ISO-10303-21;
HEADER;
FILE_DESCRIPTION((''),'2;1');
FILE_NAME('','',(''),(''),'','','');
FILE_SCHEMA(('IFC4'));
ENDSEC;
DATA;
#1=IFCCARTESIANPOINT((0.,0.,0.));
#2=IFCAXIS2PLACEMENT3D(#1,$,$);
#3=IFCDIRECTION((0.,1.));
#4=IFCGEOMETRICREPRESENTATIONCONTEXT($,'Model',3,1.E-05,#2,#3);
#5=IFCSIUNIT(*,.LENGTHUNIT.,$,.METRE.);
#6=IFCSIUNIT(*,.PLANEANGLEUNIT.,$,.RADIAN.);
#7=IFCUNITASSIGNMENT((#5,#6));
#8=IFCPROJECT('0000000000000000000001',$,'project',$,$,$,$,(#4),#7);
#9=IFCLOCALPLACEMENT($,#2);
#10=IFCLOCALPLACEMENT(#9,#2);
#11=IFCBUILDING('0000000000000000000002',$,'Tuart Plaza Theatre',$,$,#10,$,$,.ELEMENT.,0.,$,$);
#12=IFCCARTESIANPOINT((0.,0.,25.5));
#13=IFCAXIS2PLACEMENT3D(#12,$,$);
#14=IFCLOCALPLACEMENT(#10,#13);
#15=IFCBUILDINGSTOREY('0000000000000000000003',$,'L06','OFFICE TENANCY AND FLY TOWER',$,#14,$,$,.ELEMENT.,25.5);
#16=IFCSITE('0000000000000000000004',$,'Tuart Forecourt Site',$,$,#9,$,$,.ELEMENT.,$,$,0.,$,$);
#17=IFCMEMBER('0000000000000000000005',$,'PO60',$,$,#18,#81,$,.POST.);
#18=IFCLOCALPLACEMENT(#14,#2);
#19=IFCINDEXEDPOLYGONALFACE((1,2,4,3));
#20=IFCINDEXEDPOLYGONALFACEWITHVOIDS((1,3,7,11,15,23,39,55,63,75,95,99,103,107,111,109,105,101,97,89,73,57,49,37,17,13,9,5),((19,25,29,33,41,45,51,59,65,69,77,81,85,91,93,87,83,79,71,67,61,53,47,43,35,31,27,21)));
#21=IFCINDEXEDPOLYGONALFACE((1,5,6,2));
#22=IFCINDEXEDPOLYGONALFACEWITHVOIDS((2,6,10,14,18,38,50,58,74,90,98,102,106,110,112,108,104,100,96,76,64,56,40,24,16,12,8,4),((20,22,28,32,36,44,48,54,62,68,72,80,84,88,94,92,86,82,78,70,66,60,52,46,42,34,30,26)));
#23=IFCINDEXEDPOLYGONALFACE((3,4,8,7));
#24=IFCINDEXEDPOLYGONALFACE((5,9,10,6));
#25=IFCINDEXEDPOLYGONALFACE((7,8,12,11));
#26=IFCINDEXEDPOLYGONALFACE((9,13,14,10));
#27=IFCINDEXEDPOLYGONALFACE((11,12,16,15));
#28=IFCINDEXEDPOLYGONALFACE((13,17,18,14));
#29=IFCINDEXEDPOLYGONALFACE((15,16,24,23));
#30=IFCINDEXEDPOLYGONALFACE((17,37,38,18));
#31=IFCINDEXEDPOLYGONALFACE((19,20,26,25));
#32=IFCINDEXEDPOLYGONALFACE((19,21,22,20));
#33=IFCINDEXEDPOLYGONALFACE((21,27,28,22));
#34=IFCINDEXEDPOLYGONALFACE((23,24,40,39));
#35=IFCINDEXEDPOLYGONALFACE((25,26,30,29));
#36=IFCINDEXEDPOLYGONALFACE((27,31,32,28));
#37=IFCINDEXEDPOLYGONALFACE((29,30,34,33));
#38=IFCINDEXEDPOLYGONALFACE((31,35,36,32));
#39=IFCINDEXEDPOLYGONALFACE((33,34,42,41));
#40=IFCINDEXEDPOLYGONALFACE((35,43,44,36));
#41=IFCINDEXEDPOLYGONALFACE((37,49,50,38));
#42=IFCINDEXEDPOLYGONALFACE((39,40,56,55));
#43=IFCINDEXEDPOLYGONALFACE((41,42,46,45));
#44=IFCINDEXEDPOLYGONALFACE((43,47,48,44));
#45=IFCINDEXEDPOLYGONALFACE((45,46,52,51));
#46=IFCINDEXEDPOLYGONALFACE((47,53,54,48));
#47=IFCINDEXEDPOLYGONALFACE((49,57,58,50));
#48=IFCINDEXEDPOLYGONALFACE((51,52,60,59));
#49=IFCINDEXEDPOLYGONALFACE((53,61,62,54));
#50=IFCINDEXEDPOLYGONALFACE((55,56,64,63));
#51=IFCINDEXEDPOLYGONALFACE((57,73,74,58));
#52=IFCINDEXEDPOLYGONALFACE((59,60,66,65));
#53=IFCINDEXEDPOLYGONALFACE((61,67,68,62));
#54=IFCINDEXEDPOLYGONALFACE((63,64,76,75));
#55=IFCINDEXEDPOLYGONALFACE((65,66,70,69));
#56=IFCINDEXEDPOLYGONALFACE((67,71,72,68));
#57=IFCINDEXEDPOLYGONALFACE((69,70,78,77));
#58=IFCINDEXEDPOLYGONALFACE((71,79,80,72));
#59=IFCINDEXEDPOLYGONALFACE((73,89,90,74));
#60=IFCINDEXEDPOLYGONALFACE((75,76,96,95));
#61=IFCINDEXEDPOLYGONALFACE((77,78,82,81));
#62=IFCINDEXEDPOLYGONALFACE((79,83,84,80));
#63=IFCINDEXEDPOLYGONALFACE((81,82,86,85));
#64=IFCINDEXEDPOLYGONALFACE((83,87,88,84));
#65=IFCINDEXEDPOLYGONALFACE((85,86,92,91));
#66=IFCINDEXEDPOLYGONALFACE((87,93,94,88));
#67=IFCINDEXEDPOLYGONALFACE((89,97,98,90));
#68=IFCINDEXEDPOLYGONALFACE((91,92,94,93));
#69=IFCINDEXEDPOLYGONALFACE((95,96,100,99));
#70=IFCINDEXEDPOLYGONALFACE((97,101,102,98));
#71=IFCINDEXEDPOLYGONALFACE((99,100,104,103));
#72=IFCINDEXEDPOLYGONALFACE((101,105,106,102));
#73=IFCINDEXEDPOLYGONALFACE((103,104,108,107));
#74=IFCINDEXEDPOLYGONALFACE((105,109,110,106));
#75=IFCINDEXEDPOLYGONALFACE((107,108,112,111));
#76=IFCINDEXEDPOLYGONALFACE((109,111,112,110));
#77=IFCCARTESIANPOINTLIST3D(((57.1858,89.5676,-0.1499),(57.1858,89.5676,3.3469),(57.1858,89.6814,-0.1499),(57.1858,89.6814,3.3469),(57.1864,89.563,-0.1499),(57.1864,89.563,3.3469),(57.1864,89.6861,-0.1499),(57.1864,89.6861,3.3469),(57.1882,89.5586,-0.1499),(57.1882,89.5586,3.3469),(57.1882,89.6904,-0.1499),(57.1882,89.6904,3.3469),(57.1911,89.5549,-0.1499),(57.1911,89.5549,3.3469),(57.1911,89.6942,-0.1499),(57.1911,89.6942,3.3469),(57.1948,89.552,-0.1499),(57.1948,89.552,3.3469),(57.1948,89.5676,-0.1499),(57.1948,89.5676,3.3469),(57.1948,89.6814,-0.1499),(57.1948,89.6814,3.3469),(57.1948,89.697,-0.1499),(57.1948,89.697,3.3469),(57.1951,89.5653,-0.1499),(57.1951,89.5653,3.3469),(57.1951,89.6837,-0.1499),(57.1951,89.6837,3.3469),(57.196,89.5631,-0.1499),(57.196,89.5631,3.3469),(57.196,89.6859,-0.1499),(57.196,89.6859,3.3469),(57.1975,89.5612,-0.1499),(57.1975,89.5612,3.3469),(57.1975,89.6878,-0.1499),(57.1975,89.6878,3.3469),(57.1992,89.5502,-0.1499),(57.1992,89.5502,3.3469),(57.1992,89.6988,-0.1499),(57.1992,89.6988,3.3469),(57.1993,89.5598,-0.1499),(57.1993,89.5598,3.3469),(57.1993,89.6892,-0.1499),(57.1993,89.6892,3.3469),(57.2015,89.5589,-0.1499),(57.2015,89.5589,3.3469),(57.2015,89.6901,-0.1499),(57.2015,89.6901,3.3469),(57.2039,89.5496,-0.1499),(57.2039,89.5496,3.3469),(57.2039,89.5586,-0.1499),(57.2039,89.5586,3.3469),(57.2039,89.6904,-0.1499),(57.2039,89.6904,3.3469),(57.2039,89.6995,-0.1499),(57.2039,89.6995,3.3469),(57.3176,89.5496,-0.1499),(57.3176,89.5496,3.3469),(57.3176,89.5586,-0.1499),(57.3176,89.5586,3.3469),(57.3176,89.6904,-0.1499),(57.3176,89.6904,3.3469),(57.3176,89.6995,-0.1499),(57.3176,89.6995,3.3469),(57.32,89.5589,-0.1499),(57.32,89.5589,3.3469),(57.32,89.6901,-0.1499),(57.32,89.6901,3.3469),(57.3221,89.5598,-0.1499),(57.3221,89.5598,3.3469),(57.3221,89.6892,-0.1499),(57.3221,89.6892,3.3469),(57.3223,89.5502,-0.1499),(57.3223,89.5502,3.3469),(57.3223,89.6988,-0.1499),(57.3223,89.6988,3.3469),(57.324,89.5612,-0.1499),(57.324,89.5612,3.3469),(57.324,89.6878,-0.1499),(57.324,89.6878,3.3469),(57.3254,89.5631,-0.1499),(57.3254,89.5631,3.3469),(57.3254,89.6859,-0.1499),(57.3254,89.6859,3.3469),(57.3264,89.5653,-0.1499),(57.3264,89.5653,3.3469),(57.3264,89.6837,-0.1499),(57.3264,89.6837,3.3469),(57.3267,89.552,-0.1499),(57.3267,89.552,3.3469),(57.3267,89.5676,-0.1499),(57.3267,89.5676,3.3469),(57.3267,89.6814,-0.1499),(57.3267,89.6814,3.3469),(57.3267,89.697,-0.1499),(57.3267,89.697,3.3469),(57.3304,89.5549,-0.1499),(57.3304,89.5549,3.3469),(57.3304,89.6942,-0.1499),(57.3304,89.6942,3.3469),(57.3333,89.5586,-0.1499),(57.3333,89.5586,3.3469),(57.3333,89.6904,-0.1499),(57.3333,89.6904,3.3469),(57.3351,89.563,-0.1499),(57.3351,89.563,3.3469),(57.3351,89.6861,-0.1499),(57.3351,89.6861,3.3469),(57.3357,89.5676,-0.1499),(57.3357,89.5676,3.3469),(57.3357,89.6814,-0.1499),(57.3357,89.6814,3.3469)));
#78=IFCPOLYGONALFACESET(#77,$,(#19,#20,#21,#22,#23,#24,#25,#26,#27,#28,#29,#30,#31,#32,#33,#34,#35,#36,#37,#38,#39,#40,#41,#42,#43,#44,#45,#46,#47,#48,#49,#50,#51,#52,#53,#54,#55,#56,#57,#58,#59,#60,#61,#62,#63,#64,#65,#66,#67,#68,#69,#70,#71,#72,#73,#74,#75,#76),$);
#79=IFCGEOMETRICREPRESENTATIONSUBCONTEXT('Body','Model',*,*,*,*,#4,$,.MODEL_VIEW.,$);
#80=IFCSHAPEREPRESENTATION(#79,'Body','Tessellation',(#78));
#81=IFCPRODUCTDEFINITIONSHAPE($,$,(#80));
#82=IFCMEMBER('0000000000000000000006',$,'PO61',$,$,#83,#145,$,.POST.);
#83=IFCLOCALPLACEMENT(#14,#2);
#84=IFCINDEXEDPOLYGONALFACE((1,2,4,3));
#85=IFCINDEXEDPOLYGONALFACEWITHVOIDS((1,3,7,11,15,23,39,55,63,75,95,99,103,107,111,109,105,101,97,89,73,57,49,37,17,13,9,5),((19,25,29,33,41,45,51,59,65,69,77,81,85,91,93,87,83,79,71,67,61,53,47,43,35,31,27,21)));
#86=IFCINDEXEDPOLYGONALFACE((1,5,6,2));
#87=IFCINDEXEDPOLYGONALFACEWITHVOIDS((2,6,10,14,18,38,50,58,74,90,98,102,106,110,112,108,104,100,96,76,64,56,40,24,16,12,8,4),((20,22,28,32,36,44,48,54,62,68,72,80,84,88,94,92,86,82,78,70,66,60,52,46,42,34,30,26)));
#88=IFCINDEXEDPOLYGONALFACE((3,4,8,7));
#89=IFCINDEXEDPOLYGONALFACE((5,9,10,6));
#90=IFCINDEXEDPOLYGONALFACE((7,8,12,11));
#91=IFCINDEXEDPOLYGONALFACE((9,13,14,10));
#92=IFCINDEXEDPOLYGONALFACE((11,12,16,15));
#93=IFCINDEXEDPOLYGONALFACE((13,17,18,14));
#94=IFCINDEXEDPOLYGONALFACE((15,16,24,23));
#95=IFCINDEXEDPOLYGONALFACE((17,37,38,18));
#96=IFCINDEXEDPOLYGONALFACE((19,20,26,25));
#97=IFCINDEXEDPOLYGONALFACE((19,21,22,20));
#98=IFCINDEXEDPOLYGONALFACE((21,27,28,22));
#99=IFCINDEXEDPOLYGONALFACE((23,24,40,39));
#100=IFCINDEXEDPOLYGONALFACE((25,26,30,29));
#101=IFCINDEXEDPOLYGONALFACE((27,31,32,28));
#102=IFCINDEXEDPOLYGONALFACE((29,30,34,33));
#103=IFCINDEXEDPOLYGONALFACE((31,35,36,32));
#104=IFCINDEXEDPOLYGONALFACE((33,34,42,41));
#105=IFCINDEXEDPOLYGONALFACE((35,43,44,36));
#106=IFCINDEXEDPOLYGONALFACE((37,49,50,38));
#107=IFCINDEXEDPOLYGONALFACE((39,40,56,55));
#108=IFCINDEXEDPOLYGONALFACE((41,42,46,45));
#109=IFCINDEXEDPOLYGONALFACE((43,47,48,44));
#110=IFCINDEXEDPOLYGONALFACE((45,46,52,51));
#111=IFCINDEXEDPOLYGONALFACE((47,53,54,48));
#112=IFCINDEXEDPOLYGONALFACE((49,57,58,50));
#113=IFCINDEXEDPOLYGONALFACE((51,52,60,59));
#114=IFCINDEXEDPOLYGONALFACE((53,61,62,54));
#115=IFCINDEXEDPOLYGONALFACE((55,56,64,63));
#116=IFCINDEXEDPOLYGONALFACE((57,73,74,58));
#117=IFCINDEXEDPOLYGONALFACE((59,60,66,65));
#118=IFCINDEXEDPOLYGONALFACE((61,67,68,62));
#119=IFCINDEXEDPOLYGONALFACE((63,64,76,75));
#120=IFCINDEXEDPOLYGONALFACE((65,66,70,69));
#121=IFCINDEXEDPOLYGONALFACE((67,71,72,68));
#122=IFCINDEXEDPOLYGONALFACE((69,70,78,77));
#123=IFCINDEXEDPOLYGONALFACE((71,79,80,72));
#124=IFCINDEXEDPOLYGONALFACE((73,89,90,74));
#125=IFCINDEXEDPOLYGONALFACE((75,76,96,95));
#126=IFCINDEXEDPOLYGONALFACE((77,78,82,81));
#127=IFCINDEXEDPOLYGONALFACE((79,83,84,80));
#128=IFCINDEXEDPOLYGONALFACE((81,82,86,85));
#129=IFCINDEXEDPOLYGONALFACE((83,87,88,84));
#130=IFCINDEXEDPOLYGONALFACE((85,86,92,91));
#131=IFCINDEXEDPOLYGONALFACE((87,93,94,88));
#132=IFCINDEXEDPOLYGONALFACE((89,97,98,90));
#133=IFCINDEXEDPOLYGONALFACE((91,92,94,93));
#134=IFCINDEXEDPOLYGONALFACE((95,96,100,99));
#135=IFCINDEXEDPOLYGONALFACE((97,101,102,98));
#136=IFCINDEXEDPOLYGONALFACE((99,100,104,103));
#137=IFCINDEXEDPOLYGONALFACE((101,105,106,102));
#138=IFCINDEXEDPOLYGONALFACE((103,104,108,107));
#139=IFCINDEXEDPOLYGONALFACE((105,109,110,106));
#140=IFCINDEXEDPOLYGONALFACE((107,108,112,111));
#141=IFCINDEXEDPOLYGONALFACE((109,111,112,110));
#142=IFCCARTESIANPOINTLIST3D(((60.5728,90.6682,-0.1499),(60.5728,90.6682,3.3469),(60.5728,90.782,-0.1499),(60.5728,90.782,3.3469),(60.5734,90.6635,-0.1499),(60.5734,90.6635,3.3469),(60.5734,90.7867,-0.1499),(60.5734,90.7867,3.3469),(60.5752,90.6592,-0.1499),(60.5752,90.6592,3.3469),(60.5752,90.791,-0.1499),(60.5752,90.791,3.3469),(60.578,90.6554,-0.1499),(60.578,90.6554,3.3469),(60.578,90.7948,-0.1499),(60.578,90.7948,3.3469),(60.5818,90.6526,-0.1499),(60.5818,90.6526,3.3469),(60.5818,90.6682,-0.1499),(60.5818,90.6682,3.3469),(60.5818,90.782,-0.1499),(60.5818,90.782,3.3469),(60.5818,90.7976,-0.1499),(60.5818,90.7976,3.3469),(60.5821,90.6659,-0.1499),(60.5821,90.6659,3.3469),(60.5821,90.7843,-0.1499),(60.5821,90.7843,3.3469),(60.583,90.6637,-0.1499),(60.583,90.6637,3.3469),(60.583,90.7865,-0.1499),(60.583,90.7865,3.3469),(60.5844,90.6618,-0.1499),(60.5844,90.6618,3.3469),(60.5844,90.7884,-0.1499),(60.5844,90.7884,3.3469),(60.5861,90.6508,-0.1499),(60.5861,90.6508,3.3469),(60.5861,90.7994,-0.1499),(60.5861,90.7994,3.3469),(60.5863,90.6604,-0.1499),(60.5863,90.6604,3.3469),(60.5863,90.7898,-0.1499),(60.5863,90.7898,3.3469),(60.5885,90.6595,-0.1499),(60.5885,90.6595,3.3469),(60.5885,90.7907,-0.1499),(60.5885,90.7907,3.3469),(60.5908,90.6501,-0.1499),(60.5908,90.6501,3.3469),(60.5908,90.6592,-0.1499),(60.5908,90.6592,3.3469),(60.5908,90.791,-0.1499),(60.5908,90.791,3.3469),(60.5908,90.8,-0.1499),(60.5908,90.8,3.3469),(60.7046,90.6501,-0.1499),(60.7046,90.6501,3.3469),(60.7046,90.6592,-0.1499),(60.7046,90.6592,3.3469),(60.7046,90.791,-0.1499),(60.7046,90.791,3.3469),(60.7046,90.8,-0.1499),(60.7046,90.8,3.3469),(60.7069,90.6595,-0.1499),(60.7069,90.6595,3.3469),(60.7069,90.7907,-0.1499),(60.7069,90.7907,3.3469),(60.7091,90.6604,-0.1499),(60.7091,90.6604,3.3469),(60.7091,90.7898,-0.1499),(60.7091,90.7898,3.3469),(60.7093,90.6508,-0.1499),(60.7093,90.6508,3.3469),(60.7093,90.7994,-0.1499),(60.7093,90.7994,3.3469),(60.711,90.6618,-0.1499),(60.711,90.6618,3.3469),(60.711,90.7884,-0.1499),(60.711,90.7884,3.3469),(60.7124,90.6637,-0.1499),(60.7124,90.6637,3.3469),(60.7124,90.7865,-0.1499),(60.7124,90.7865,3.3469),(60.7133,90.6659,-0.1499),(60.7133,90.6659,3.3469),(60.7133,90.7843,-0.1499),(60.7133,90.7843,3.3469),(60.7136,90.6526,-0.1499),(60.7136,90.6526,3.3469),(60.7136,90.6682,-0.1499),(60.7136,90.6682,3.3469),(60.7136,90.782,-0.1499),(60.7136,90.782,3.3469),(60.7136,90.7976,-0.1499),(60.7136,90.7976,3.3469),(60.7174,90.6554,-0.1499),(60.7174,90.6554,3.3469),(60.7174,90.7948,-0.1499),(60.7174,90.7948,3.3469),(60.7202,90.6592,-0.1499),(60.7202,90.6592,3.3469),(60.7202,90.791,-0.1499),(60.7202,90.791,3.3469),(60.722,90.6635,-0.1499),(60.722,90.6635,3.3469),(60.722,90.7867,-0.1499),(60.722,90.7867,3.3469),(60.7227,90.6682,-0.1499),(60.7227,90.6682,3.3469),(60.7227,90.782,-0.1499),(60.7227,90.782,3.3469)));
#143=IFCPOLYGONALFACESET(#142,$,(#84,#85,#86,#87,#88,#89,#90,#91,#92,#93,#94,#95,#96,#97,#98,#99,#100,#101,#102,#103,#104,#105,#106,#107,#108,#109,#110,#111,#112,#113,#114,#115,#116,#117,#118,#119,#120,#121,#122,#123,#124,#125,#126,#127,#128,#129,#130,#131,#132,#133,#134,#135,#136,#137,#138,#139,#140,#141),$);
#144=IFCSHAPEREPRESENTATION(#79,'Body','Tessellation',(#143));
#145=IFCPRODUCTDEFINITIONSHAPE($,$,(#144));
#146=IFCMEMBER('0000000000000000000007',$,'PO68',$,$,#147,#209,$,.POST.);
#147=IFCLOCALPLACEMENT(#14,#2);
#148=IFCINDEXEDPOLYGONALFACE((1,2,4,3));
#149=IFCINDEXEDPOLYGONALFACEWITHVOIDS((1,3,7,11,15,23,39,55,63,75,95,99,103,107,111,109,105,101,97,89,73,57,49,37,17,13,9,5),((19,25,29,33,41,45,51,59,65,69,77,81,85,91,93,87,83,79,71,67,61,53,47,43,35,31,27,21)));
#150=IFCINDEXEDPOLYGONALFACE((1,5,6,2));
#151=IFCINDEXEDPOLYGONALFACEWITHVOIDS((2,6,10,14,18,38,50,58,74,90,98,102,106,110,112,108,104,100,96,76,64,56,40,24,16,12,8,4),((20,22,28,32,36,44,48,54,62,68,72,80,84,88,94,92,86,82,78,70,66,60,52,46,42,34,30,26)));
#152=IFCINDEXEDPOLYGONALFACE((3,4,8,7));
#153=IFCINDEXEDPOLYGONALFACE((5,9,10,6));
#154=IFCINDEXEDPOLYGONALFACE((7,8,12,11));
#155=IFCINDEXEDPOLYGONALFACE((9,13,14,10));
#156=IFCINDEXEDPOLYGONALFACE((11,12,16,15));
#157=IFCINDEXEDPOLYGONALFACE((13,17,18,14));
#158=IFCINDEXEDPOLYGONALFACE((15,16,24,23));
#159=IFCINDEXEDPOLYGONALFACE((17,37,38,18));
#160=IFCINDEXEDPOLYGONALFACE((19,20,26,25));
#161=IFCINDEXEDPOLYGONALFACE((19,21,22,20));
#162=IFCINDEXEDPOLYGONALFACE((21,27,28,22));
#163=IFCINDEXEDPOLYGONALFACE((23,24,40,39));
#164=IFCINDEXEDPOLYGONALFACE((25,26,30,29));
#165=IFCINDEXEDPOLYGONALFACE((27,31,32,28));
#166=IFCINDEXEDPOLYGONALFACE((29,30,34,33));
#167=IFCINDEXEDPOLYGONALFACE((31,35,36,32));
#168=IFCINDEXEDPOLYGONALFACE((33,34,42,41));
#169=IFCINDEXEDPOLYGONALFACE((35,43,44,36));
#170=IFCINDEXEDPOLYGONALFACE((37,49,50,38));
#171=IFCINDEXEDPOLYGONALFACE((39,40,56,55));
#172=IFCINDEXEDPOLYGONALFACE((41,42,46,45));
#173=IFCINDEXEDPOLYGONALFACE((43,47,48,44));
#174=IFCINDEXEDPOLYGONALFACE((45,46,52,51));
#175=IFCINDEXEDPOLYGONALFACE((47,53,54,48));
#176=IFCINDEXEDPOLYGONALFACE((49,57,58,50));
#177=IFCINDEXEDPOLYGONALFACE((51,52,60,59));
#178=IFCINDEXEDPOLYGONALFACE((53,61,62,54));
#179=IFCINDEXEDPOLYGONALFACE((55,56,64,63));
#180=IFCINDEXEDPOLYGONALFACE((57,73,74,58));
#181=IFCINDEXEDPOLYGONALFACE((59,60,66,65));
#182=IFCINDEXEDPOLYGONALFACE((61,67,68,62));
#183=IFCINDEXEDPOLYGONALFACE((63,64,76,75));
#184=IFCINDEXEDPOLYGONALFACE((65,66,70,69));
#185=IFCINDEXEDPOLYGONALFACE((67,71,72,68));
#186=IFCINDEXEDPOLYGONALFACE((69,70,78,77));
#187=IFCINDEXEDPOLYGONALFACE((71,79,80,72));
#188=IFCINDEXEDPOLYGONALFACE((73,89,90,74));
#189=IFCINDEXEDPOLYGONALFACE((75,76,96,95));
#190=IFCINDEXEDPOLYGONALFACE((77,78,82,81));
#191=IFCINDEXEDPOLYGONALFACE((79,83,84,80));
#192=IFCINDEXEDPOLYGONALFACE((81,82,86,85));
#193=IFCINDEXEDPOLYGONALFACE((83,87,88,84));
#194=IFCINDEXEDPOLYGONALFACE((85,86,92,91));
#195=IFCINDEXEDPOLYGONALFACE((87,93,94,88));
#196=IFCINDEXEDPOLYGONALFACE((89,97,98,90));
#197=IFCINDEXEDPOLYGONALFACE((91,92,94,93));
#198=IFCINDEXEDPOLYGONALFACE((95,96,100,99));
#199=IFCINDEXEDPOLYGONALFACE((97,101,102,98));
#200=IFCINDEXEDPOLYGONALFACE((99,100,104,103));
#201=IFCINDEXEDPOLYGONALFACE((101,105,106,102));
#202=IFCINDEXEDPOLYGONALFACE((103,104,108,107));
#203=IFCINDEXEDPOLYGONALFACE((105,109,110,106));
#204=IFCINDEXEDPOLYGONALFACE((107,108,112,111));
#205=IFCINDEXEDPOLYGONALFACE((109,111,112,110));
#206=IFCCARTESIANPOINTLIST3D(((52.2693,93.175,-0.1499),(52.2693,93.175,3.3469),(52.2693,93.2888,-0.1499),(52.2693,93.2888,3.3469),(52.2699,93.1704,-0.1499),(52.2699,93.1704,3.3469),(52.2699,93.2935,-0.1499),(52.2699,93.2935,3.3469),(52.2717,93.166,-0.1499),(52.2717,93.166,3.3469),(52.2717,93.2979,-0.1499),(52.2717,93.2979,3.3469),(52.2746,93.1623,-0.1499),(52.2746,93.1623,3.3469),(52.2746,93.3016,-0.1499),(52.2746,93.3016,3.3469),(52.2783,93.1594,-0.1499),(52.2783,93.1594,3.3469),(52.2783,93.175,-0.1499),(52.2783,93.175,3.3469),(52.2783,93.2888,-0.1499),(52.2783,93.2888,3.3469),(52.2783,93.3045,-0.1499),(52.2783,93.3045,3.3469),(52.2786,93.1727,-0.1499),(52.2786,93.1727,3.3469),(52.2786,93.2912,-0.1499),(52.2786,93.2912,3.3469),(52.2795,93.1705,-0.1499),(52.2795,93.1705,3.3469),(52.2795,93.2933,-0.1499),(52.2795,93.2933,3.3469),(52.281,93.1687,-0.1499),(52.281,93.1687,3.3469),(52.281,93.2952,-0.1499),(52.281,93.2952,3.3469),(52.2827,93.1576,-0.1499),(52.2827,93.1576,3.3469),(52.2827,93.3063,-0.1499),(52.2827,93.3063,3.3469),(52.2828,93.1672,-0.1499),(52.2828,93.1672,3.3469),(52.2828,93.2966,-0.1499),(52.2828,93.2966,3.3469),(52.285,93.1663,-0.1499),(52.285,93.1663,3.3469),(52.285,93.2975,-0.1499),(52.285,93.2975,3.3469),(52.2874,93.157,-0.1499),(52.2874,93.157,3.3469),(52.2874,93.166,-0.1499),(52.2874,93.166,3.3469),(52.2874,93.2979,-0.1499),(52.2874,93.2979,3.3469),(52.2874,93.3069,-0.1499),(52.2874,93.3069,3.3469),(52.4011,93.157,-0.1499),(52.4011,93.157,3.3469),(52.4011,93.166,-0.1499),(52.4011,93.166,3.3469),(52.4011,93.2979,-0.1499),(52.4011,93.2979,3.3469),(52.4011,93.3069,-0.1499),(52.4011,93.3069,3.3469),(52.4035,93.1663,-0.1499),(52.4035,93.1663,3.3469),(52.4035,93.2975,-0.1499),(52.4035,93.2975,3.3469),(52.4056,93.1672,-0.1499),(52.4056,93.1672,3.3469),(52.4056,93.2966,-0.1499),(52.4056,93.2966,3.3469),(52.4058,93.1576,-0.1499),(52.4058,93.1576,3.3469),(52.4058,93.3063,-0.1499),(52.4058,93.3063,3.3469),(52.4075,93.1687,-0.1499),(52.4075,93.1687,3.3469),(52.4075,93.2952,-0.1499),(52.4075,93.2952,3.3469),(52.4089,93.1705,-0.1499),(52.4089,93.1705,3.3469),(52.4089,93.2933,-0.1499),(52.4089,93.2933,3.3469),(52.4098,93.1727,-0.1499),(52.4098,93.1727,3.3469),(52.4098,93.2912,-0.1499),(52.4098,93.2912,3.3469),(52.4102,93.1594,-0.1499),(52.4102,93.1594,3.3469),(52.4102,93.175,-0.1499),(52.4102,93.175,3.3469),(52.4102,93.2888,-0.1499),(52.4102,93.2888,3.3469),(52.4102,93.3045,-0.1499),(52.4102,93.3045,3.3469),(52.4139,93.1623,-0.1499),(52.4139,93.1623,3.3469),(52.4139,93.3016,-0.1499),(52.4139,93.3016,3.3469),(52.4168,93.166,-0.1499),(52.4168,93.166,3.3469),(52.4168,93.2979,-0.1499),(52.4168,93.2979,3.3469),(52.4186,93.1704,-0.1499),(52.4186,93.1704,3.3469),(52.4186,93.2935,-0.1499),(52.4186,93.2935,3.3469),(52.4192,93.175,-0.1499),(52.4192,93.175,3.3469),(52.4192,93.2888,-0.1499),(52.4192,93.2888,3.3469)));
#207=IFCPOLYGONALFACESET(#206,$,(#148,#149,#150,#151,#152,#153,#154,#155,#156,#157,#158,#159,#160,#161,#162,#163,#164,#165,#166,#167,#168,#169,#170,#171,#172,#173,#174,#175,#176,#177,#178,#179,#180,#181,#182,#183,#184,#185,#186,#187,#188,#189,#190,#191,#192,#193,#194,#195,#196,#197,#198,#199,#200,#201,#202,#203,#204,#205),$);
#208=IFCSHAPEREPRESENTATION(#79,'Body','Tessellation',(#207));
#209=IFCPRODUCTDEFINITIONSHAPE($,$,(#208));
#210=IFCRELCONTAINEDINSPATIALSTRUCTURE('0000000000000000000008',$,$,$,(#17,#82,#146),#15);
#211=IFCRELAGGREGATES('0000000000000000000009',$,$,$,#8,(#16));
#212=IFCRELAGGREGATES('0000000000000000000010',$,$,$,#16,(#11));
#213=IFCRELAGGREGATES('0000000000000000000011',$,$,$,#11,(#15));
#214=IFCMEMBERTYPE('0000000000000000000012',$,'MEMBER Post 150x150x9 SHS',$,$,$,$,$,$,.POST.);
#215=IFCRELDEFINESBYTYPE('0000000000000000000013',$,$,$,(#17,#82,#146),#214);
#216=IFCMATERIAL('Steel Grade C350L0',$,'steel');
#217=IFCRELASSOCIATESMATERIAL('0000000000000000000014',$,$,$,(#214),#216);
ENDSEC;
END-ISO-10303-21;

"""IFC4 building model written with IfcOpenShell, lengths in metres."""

from ifc_helpers import new_model, si_unit, direction, frame, origin, origin_2d, place, context, subcontext, project, spatial, hollow_rectangle, extrude, material, material_profile, profile_set, type_object, element, save


model = new_model("IFC4")

# Units and contexts
model_context = context("Model", 3, precision=1e-05, world=origin(), true_north=direction((0.0, 1.0)))
body_context = subcontext(model_context, "Body", "Model", "MODEL_VIEW")
ifc_project = project(units=[si_unit("LENGTHUNIT", "METRE"), si_unit("PLANEANGLEUNIT", "RADIAN")], contexts=[model_context])

# Site, building, storey
site_placement = place(None, origin())
site = spatial("IfcSite", under=ifc_project, at=site_placement, Name="Tuart Forecourt Site", CompositionType="ELEMENT", RefElevation=0.0)
building_placement = place(site_placement, origin())
building = spatial("IfcBuilding", under=site, at=building_placement, Name="Tuart Plaza Theatre", CompositionType="ELEMENT", ElevationOfRefHeight=0.0)
storey_placement = place(building_placement, frame((0.0, 0.0, 25.5)))
storey = spatial("IfcBuildingStorey", under=building, at=storey_placement, Name="L06", Description="OFFICE TENANCY AND FLY TOWER", CompositionType="ELEMENT", Elevation=25.5)

# Members
ifc_material_1 = material(Name="Steel Grade C350L0", Category="steel")
ifc_material_profile_1 = material_profile(ifc_material_1, hollow_rectangle(XDim=0.1499, YDim=0.1499, WallThickness=0.009, InnerFilletRadius=0.009, OuterFilletRadius=0.0181, at=origin_2d()), Name="150x150x9 SHS")
ifc_profile_set_1 = profile_set([ifc_material_profile_1], Name="Steel Grade C350L0")
member_type_1 = type_object("IfcMemberType", Name="MEMBER Post 150x150x9 SHS", PredefinedType="POST", material=ifc_profile_set_1)
for number, where, z_axis, x_axis, name in (
    (1, (57.2607, 89.6245, -0.1499), (0.0, 0.0, 1.0), (1.0, 0.0, 0.0), "PO60"),
    (2, (60.6477, 90.7251, -0.1499), (0.0, 0.0, 1.0), (1.0, 0.0, 0.0), "PO61"),
    (3, (52.3442, 93.2319, -0.1499), (0.0, 0.0, 1.0), (1.0, 0.0, 0.0), "PO68"),
):
    element("IfcMember", number, at=place(storey_placement, frame(where, z_axis=z_axis, x_axis=x_axis)), inside=storey, type_object=member_type_1, Name=name, PredefinedType="POST", context=body_context, shape_type="SweptSolid", body=[
        extrude(hollow_rectangle(XDim=0.1499, YDim=0.1499, WallThickness=0.009, InnerFilletRadius=0.009, OuterFilletRadius=0.0181, at=origin_2d()), origin(), (0.0, 0.0, 1.0), 3.4968),
    ])

save(model, "model.ifc")
